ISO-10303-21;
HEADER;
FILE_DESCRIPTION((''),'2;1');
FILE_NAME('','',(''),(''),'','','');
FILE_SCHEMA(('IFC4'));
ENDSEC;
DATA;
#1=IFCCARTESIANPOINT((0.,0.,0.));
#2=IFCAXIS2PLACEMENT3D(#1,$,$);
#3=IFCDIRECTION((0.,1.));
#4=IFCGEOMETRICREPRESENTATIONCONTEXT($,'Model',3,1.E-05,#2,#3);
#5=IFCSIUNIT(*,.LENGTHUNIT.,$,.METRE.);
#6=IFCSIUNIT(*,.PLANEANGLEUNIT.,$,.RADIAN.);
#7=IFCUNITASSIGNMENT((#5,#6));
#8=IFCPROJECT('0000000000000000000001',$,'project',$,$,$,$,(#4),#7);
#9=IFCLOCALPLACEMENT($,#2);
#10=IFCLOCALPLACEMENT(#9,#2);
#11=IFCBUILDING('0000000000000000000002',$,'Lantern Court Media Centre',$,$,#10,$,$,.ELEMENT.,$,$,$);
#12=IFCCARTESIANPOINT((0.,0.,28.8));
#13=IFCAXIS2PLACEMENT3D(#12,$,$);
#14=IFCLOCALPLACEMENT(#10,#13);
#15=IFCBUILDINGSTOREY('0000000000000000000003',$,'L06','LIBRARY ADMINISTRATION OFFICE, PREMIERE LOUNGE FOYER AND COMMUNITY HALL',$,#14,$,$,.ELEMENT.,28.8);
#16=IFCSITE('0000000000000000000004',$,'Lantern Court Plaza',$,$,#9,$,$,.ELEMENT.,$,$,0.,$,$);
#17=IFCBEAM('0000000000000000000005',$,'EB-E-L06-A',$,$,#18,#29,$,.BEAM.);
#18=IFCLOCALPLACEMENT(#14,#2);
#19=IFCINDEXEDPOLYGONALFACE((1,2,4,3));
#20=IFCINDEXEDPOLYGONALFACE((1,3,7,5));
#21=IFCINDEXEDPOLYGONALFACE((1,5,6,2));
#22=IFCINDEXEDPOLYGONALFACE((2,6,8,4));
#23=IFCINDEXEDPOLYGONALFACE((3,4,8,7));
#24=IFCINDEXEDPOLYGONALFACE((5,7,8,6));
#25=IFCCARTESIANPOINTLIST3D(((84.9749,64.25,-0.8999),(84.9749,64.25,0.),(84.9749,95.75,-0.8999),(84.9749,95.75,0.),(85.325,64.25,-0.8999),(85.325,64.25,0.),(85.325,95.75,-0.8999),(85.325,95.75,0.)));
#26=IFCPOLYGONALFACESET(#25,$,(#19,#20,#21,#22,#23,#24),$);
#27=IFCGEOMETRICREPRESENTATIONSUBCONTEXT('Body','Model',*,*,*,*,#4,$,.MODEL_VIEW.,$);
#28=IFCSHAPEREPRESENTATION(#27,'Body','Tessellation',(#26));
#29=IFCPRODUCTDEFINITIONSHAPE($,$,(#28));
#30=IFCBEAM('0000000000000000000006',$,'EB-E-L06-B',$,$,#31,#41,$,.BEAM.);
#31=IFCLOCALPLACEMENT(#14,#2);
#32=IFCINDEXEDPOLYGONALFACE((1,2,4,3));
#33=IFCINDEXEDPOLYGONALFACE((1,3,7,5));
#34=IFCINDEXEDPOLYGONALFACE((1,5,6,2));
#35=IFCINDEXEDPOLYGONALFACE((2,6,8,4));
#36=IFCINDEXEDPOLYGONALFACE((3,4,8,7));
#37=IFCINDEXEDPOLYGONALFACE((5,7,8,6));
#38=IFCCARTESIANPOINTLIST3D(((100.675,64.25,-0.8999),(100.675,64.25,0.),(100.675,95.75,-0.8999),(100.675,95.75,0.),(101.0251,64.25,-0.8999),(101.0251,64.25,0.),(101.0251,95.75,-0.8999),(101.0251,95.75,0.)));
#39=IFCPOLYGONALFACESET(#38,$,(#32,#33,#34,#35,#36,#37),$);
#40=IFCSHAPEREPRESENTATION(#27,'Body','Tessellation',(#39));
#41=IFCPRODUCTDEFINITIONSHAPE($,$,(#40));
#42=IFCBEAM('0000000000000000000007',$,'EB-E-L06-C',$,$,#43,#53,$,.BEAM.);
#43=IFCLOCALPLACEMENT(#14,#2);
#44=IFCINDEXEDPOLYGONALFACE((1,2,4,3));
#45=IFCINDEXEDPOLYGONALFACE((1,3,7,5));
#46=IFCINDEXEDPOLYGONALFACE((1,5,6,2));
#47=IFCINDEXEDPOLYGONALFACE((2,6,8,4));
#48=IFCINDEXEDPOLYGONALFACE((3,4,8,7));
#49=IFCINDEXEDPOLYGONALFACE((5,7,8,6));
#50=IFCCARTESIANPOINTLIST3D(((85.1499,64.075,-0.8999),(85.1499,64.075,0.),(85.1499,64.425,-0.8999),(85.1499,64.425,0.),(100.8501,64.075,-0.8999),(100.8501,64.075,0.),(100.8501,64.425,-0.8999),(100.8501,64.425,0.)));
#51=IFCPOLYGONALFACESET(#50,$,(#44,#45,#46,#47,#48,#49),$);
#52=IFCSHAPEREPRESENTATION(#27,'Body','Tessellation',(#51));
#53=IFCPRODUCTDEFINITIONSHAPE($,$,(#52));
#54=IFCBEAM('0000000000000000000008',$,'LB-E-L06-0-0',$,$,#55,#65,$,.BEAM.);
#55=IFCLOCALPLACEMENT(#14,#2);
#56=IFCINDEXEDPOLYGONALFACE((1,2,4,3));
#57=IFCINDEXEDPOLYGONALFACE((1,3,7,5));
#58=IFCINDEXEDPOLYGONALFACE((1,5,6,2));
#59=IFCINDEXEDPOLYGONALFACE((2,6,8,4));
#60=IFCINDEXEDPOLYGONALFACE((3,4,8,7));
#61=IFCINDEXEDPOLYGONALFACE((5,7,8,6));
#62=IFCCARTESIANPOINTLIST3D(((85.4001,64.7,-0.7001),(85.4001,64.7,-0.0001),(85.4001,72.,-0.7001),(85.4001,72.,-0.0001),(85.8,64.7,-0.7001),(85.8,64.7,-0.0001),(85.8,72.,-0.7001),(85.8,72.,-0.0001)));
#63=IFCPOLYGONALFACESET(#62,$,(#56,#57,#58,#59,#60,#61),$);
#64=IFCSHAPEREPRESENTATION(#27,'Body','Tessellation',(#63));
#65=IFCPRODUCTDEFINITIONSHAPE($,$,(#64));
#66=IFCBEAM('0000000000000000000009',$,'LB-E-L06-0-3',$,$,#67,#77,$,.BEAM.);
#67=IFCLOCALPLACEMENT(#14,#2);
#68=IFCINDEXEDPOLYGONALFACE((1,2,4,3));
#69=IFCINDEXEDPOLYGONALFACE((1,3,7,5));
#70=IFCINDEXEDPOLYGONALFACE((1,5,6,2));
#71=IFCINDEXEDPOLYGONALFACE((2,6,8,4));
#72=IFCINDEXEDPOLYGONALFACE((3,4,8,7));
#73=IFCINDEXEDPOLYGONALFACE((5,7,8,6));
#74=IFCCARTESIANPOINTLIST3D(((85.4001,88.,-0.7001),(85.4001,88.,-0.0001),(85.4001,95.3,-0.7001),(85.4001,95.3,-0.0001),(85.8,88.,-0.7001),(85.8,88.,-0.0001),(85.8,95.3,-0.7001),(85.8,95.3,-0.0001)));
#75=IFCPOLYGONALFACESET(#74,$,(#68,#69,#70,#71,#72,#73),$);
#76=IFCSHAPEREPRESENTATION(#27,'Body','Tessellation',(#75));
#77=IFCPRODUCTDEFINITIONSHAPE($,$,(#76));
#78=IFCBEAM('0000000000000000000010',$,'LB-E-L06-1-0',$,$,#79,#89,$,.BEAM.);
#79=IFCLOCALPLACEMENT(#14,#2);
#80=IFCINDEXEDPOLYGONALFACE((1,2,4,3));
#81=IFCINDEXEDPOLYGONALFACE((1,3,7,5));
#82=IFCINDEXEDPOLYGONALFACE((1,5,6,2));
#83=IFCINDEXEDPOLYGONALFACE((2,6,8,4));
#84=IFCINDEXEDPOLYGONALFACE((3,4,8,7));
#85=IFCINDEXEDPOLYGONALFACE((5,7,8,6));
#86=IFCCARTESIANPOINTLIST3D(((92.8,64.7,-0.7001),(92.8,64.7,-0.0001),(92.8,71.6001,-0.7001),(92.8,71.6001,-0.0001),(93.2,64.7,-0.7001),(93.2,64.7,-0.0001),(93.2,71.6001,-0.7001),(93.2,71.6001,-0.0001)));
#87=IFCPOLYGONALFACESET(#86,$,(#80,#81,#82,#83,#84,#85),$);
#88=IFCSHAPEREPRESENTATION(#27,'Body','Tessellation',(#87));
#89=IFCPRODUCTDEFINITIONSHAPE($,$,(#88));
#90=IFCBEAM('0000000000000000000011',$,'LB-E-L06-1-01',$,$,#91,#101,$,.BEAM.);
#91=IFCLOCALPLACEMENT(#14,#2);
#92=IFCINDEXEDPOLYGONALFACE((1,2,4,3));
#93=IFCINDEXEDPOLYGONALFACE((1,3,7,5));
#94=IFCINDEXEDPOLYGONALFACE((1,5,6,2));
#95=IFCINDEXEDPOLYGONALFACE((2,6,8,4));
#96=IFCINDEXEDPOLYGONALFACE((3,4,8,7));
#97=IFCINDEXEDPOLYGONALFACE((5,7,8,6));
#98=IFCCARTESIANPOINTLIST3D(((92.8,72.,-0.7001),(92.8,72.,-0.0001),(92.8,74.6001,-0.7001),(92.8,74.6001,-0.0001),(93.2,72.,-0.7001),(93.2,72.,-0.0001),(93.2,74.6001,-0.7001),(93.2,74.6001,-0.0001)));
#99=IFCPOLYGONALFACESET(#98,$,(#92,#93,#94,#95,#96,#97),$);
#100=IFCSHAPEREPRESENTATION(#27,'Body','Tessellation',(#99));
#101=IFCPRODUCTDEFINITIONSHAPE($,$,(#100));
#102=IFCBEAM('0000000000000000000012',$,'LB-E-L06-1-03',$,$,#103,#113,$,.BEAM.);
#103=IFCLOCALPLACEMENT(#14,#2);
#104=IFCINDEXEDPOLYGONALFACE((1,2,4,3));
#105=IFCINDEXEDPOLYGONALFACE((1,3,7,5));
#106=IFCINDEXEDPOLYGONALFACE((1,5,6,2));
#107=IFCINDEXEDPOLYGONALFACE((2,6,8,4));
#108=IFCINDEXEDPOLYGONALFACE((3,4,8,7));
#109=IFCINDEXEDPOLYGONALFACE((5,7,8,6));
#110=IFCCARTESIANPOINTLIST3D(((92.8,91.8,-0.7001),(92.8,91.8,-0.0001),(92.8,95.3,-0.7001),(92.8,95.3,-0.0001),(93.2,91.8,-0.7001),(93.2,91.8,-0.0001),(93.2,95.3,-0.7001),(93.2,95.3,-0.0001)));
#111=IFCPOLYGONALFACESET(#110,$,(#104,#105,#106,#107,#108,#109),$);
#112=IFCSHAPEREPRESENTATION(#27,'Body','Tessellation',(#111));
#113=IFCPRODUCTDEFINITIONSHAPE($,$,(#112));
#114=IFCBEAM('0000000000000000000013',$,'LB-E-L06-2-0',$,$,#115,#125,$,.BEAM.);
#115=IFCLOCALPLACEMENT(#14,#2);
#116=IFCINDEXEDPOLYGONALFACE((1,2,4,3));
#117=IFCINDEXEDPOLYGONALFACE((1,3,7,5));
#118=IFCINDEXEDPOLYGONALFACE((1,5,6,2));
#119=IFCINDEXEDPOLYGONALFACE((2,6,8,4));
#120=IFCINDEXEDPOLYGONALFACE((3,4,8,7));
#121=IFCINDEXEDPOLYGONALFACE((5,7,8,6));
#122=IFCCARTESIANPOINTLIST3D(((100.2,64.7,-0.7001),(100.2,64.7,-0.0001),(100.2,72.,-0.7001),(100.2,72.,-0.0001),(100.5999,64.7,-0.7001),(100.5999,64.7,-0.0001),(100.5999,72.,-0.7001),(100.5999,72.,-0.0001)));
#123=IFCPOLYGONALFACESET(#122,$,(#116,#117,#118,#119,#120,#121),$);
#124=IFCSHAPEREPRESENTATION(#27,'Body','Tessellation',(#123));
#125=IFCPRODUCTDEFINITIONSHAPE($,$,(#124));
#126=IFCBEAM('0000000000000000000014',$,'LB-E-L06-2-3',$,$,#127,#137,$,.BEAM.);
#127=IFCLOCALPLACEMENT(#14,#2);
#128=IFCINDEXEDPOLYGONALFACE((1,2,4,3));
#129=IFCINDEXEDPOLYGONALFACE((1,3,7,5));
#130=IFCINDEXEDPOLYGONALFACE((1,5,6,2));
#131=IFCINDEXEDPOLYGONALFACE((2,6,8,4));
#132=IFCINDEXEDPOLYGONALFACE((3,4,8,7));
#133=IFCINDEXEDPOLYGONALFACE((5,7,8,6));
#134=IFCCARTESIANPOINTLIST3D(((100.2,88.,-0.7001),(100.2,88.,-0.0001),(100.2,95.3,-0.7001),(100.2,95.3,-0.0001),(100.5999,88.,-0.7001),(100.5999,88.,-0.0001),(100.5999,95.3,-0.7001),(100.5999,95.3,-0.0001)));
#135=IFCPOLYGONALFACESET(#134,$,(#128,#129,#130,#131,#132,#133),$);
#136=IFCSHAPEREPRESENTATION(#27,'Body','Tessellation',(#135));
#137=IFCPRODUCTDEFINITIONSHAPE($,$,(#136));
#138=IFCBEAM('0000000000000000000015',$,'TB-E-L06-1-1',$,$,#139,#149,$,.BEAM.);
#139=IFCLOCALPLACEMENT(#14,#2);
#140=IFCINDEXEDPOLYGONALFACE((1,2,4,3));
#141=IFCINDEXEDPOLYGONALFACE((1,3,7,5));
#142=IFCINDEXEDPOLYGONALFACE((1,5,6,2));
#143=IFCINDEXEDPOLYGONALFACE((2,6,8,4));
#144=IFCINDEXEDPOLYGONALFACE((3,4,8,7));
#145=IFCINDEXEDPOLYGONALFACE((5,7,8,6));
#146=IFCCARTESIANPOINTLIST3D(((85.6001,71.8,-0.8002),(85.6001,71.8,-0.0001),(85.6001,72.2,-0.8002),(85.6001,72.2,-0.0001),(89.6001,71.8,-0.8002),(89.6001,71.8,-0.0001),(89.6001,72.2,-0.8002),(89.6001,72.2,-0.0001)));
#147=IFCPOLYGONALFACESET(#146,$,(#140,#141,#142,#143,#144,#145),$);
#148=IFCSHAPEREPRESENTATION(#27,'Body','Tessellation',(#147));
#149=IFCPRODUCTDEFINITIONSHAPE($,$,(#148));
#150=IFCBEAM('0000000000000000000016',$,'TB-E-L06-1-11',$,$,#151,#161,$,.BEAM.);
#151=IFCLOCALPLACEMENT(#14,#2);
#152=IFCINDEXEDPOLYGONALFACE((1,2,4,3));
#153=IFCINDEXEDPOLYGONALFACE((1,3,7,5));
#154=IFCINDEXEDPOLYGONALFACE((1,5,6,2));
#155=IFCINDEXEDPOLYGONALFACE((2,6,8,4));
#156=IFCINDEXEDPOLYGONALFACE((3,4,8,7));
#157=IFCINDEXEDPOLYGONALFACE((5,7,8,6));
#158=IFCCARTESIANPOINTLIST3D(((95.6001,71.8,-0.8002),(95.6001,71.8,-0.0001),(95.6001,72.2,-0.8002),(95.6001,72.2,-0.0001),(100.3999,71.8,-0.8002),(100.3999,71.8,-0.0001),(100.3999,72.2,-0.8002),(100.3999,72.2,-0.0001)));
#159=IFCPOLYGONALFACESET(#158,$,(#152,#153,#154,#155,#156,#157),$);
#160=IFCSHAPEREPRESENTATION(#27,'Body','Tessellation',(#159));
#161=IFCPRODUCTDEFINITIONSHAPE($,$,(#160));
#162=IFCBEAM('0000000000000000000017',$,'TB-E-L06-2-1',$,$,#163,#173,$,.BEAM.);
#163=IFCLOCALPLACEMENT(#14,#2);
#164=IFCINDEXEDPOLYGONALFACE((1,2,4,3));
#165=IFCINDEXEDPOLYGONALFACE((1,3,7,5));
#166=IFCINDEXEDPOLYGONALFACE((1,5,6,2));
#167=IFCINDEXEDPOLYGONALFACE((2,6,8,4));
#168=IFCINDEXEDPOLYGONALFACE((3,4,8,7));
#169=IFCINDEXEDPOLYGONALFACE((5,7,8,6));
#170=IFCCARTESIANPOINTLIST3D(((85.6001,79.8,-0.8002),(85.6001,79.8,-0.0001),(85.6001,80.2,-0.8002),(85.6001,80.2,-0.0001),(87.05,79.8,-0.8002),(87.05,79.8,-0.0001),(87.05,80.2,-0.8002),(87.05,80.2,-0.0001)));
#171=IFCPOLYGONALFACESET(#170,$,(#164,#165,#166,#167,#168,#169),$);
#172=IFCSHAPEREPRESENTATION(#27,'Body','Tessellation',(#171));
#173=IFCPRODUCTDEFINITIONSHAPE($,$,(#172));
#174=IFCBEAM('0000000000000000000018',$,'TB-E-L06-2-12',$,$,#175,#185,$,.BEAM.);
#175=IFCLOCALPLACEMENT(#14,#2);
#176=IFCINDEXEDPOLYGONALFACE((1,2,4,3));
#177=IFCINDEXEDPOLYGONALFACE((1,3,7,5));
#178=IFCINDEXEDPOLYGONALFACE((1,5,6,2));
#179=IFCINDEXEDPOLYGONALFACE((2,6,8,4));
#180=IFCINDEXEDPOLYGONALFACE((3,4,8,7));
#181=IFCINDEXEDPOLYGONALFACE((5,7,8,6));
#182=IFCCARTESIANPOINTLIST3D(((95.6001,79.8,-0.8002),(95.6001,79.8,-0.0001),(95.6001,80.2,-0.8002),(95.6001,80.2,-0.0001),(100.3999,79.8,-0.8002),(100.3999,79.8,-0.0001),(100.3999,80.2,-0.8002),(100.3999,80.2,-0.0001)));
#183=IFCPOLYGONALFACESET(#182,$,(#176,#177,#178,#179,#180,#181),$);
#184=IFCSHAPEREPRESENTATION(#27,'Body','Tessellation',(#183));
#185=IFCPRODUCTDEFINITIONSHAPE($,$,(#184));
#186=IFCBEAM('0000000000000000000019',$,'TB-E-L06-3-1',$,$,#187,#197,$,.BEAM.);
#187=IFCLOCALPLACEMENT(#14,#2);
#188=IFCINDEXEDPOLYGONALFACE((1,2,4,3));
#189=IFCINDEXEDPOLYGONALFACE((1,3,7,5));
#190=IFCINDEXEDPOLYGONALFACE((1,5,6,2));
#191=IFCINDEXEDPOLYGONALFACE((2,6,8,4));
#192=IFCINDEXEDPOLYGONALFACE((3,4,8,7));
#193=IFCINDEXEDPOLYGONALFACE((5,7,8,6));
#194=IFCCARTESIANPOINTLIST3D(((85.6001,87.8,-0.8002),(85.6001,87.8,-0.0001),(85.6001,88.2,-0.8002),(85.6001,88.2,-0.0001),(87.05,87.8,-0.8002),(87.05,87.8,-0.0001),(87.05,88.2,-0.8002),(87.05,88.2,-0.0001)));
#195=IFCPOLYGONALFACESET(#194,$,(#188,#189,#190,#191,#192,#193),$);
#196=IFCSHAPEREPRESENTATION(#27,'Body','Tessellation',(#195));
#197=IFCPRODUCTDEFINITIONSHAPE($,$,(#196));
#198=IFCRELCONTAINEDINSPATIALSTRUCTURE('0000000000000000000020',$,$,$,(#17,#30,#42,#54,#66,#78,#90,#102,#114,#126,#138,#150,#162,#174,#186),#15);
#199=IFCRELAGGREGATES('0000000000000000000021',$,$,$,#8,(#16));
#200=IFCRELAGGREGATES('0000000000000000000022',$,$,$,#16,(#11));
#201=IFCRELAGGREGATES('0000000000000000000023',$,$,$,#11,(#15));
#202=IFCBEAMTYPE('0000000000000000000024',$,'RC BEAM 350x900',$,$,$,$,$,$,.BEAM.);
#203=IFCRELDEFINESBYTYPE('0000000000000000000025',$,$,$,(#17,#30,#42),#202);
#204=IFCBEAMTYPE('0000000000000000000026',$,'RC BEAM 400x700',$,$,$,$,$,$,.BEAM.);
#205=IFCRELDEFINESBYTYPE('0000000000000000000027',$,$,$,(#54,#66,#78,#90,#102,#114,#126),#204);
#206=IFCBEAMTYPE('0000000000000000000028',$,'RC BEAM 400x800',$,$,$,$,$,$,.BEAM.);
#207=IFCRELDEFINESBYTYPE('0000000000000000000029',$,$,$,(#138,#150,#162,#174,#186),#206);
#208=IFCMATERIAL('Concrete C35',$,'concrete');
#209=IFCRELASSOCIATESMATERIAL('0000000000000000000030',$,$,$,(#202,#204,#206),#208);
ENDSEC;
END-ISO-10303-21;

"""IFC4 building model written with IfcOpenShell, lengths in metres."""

from ifc_helpers import new_model, si_unit, direction, frame, origin, origin_2d, place, context, subcontext, project, spatial, rectangle, extrude, material, material_profile, profile_set, type_object, element, save


model = new_model("IFC4")

# Units and contexts
model_context = context("Model", 3, precision=1e-05, world=origin(), true_north=direction((0.0, 1.0)))
body_context = subcontext(model_context, "Body", "Model", "MODEL_VIEW")
ifc_project = project(units=[si_unit("LENGTHUNIT", "METRE"), si_unit("PLANEANGLEUNIT", "RADIAN")], contexts=[model_context])

# Site, building, storey
site_placement = place(None, origin())
site = spatial("IfcSite", under=ifc_project, at=site_placement, Name="Lantern Court Plaza", CompositionType="ELEMENT", RefElevation=0.0)
building_placement = place(site_placement, origin())
building = spatial("IfcBuilding", under=site, at=building_placement, Name="Lantern Court Media Centre", CompositionType="ELEMENT")
storey_placement = place(building_placement, frame((0.0, 0.0, 28.8)))
storey = spatial("IfcBuildingStorey", under=building, at=storey_placement, Name="L06", Description="LIBRARY ADMINISTRATION OFFICE, PREMIERE LOUNGE FOYER AND COMMUNITY HALL", CompositionType="ELEMENT", Elevation=28.8)

# Beams
ifc_material_1 = material(Name="Concrete C35", Category="concrete")
ifc_material_profile_1 = material_profile(ifc_material_1, rectangle(XDim=0.3501, YDim=0.8999, at=origin_2d()), Name="RC 350x900")
ifc_profile_set_1 = profile_set([ifc_material_profile_1], Name="Concrete C35")
beam_type_1 = type_object("IfcBeamType", Name="RC BEAM 350x900", PredefinedType="BEAM", material=ifc_profile_set_1)
for number, where, z_axis, x_axis, name in (
    (1, (85.1499, 64.25, -0.45), (0.0, 1.0, 0.0), (-1.0, 0.0, 0.0), "EB-E-L06-A"),
    (2, (100.8501, 64.25, -0.45), (0.0, 1.0, 0.0), (-1.0, 0.0, 0.0), "EB-E-L06-B"),
):
    element("IfcBeam", number, at=place(storey_placement, frame(where, z_axis=z_axis, x_axis=x_axis)), inside=storey, type_object=beam_type_1, Name=name, PredefinedType="BEAM", context=body_context, shape_type="SweptSolid", body=[
        extrude(rectangle(XDim=0.3501, YDim=0.8999, at=origin_2d()), origin(), (0.0, 0.0, 1.0), 31.5),
    ])
beam_1_placement = place(storey_placement, frame((85.1499, 64.25, -0.45), z_axis=(1.0, 0.0, 0.0), x_axis=(0.0, 1.0, 0.0)))
element("IfcBeam", 3, at=beam_1_placement, inside=storey, type_object=beam_type_1, Name="EB-E-L06-C", PredefinedType="BEAM", context=body_context, shape_type="SweptSolid", body=[
    extrude(rectangle(XDim=0.3501, YDim=0.8999, at=origin_2d()), origin(), (0.0, 0.0, 1.0), 15.7002),
])
ifc_material_profile_2 = material_profile(ifc_material_1, rectangle(XDim=0.3999, YDim=0.7, at=origin_2d()), Name="RC 400x700")
ifc_profile_set_2 = profile_set([ifc_material_profile_2], Name="Concrete C35")
beam_type_2 = type_object("IfcBeamType", Name="RC BEAM 400x700", PredefinedType="BEAM", material=ifc_profile_set_2)
for number, where, z_axis, x_axis, name in (
    (4, (85.6001, 64.7, -0.3501), (0.0, 1.0, 0.0), (-1.0, 0.0, 0.0), "LB-E-L06-0-0"),
    (5, (85.6001, 88.0, -0.3501), (0.0, 1.0, 0.0), (-1.0, 0.0, 0.0), "LB-E-L06-0-3"),
):
    element("IfcBeam", number, at=place(storey_placement, frame(where, z_axis=z_axis, x_axis=x_axis)), inside=storey, type_object=beam_type_2, Name=name, PredefinedType="BEAM", context=body_context, shape_type="SweptSolid", body=[
        extrude(rectangle(XDim=0.3999, YDim=0.7, at=origin_2d()), origin(), (0.0, 0.0, 1.0), 7.3),
    ])
beam_2_placement = place(storey_placement, frame((93.0, 64.7, -0.3501), z_axis=(0.0, 1.0, 0.0), x_axis=(-1.0, 0.0, 0.0)))
element("IfcBeam", 6, at=beam_2_placement, inside=storey, type_object=beam_type_2, Name="LB-E-L06-1-0", PredefinedType="BEAM", context=body_context, shape_type="SweptSolid", body=[
    extrude(rectangle(XDim=0.3999, YDim=0.7, at=origin_2d()), origin(), (0.0, 0.0, 1.0), 6.9001),
])
beam_3_placement = place(storey_placement, frame((93.0, 72.0, -0.3501), z_axis=(0.0, 1.0, 0.0), x_axis=(-1.0, 0.0, 0.0)))
element("IfcBeam", 7, at=beam_3_placement, inside=storey, type_object=beam_type_2, Name="LB-E-L06-1-01", PredefinedType="BEAM", context=body_context, shape_type="SweptSolid", body=[
    extrude(rectangle(XDim=0.3999, YDim=0.7, at=origin_2d()), origin(), (0.0, 0.0, 1.0), 2.6001),
])
beam_4_placement = place(storey_placement, frame((93.0, 91.8, -0.3501), z_axis=(0.0, 1.0, 0.0), x_axis=(-1.0, 0.0, 0.0)))
element("IfcBeam", 8, at=beam_4_placement, inside=storey, type_object=beam_type_2, Name="LB-E-L06-1-03", PredefinedType="BEAM", context=body_context, shape_type="SweptSolid", body=[
    extrude(rectangle(XDim=0.3999, YDim=0.7, at=origin_2d()), origin(), (0.0, 0.0, 1.0), 3.5),
])
for number, where, z_axis, x_axis, name in (
    (9, (100.3999, 64.7, -0.3501), (0.0, 1.0, 0.0), (-1.0, 0.0, 0.0), "LB-E-L06-2-0"),
    (10, (100.3999, 88.0, -0.3501), (0.0, 1.0, 0.0), (-1.0, 0.0, 0.0), "LB-E-L06-2-3"),
):
    element("IfcBeam", number, at=place(storey_placement, frame(where, z_axis=z_axis, x_axis=x_axis)), inside=storey, type_object=beam_type_2, Name=name, PredefinedType="BEAM", context=body_context, shape_type="SweptSolid", body=[
        extrude(rectangle(XDim=0.3999, YDim=0.7, at=origin_2d()), origin(), (0.0, 0.0, 1.0), 7.3),
    ])
ifc_material_profile_3 = material_profile(ifc_material_1, rectangle(XDim=0.3999, YDim=0.8, at=origin_2d()), Name="RC 400x800")
ifc_profile_set_3 = profile_set([ifc_material_profile_3], Name="Concrete C35")
beam_type_3 = type_object("IfcBeamType", Name="RC BEAM 400x800", PredefinedType="BEAM", material=ifc_profile_set_3)
beam_5_placement = place(storey_placement, frame((85.6001, 72.0, -0.4001), z_axis=(1.0, 0.0, 0.0), x_axis=(0.0, 1.0, 0.0)))
element("IfcBeam", 11, at=beam_5_placement, inside=storey, type_object=beam_type_3, Name="TB-E-L06-1-1", PredefinedType="BEAM", context=body_context, shape_type="SweptSolid", body=[
    extrude(rectangle(XDim=0.3999, YDim=0.8, at=origin_2d()), origin(), (0.0, 0.0, 1.0), 4.0),
])
beam_6_placement = place(storey_placement, frame((95.6001, 72.0, -0.4001), z_axis=(1.0, 0.0, 0.0), x_axis=(0.0, 1.0, 0.0)))
element("IfcBeam", 12, at=beam_6_placement, inside=storey, type_object=beam_type_3, Name="TB-E-L06-1-11", PredefinedType="BEAM", context=body_context, shape_type="SweptSolid", body=[
    extrude(rectangle(XDim=0.3999, YDim=0.8, at=origin_2d()), origin(), (0.0, 0.0, 1.0), 4.7998),
])
beam_7_placement = place(storey_placement, frame((85.6001, 80.0, -0.4001), z_axis=(1.0, 0.0, 0.0), x_axis=(0.0, 1.0, 0.0)))
element("IfcBeam", 13, at=beam_7_placement, inside=storey, type_object=beam_type_3, Name="TB-E-L06-2-1", PredefinedType="BEAM", context=body_context, shape_type="SweptSolid", body=[
    extrude(rectangle(XDim=0.3999, YDim=0.8, at=origin_2d()), origin(), (0.0, 0.0, 1.0), 1.45),
])
beam_8_placement = place(storey_placement, frame((95.6001, 80.0, -0.4001), z_axis=(1.0, 0.0, 0.0), x_axis=(0.0, 1.0, 0.0)))
element("IfcBeam", 14, at=beam_8_placement, inside=storey, type_object=beam_type_3, Name="TB-E-L06-2-12", PredefinedType="BEAM", context=body_context, shape_type="SweptSolid", body=[
    extrude(rectangle(XDim=0.3999, YDim=0.8, at=origin_2d()), origin(), (0.0, 0.0, 1.0), 4.7998),
])
beam_9_placement = place(storey_placement, frame((85.6001, 88.0, -0.4001), z_axis=(1.0, 0.0, 0.0), x_axis=(0.0, 1.0, 0.0)))
element("IfcBeam", 15, at=beam_9_placement, inside=storey, type_object=beam_type_3, Name="TB-E-L06-3-1", PredefinedType="BEAM", context=body_context, shape_type="SweptSolid", body=[
    extrude(rectangle(XDim=0.3999, YDim=0.8, at=origin_2d()), origin(), (0.0, 0.0, 1.0), 1.45),
])

save(model, "model.ifc")
